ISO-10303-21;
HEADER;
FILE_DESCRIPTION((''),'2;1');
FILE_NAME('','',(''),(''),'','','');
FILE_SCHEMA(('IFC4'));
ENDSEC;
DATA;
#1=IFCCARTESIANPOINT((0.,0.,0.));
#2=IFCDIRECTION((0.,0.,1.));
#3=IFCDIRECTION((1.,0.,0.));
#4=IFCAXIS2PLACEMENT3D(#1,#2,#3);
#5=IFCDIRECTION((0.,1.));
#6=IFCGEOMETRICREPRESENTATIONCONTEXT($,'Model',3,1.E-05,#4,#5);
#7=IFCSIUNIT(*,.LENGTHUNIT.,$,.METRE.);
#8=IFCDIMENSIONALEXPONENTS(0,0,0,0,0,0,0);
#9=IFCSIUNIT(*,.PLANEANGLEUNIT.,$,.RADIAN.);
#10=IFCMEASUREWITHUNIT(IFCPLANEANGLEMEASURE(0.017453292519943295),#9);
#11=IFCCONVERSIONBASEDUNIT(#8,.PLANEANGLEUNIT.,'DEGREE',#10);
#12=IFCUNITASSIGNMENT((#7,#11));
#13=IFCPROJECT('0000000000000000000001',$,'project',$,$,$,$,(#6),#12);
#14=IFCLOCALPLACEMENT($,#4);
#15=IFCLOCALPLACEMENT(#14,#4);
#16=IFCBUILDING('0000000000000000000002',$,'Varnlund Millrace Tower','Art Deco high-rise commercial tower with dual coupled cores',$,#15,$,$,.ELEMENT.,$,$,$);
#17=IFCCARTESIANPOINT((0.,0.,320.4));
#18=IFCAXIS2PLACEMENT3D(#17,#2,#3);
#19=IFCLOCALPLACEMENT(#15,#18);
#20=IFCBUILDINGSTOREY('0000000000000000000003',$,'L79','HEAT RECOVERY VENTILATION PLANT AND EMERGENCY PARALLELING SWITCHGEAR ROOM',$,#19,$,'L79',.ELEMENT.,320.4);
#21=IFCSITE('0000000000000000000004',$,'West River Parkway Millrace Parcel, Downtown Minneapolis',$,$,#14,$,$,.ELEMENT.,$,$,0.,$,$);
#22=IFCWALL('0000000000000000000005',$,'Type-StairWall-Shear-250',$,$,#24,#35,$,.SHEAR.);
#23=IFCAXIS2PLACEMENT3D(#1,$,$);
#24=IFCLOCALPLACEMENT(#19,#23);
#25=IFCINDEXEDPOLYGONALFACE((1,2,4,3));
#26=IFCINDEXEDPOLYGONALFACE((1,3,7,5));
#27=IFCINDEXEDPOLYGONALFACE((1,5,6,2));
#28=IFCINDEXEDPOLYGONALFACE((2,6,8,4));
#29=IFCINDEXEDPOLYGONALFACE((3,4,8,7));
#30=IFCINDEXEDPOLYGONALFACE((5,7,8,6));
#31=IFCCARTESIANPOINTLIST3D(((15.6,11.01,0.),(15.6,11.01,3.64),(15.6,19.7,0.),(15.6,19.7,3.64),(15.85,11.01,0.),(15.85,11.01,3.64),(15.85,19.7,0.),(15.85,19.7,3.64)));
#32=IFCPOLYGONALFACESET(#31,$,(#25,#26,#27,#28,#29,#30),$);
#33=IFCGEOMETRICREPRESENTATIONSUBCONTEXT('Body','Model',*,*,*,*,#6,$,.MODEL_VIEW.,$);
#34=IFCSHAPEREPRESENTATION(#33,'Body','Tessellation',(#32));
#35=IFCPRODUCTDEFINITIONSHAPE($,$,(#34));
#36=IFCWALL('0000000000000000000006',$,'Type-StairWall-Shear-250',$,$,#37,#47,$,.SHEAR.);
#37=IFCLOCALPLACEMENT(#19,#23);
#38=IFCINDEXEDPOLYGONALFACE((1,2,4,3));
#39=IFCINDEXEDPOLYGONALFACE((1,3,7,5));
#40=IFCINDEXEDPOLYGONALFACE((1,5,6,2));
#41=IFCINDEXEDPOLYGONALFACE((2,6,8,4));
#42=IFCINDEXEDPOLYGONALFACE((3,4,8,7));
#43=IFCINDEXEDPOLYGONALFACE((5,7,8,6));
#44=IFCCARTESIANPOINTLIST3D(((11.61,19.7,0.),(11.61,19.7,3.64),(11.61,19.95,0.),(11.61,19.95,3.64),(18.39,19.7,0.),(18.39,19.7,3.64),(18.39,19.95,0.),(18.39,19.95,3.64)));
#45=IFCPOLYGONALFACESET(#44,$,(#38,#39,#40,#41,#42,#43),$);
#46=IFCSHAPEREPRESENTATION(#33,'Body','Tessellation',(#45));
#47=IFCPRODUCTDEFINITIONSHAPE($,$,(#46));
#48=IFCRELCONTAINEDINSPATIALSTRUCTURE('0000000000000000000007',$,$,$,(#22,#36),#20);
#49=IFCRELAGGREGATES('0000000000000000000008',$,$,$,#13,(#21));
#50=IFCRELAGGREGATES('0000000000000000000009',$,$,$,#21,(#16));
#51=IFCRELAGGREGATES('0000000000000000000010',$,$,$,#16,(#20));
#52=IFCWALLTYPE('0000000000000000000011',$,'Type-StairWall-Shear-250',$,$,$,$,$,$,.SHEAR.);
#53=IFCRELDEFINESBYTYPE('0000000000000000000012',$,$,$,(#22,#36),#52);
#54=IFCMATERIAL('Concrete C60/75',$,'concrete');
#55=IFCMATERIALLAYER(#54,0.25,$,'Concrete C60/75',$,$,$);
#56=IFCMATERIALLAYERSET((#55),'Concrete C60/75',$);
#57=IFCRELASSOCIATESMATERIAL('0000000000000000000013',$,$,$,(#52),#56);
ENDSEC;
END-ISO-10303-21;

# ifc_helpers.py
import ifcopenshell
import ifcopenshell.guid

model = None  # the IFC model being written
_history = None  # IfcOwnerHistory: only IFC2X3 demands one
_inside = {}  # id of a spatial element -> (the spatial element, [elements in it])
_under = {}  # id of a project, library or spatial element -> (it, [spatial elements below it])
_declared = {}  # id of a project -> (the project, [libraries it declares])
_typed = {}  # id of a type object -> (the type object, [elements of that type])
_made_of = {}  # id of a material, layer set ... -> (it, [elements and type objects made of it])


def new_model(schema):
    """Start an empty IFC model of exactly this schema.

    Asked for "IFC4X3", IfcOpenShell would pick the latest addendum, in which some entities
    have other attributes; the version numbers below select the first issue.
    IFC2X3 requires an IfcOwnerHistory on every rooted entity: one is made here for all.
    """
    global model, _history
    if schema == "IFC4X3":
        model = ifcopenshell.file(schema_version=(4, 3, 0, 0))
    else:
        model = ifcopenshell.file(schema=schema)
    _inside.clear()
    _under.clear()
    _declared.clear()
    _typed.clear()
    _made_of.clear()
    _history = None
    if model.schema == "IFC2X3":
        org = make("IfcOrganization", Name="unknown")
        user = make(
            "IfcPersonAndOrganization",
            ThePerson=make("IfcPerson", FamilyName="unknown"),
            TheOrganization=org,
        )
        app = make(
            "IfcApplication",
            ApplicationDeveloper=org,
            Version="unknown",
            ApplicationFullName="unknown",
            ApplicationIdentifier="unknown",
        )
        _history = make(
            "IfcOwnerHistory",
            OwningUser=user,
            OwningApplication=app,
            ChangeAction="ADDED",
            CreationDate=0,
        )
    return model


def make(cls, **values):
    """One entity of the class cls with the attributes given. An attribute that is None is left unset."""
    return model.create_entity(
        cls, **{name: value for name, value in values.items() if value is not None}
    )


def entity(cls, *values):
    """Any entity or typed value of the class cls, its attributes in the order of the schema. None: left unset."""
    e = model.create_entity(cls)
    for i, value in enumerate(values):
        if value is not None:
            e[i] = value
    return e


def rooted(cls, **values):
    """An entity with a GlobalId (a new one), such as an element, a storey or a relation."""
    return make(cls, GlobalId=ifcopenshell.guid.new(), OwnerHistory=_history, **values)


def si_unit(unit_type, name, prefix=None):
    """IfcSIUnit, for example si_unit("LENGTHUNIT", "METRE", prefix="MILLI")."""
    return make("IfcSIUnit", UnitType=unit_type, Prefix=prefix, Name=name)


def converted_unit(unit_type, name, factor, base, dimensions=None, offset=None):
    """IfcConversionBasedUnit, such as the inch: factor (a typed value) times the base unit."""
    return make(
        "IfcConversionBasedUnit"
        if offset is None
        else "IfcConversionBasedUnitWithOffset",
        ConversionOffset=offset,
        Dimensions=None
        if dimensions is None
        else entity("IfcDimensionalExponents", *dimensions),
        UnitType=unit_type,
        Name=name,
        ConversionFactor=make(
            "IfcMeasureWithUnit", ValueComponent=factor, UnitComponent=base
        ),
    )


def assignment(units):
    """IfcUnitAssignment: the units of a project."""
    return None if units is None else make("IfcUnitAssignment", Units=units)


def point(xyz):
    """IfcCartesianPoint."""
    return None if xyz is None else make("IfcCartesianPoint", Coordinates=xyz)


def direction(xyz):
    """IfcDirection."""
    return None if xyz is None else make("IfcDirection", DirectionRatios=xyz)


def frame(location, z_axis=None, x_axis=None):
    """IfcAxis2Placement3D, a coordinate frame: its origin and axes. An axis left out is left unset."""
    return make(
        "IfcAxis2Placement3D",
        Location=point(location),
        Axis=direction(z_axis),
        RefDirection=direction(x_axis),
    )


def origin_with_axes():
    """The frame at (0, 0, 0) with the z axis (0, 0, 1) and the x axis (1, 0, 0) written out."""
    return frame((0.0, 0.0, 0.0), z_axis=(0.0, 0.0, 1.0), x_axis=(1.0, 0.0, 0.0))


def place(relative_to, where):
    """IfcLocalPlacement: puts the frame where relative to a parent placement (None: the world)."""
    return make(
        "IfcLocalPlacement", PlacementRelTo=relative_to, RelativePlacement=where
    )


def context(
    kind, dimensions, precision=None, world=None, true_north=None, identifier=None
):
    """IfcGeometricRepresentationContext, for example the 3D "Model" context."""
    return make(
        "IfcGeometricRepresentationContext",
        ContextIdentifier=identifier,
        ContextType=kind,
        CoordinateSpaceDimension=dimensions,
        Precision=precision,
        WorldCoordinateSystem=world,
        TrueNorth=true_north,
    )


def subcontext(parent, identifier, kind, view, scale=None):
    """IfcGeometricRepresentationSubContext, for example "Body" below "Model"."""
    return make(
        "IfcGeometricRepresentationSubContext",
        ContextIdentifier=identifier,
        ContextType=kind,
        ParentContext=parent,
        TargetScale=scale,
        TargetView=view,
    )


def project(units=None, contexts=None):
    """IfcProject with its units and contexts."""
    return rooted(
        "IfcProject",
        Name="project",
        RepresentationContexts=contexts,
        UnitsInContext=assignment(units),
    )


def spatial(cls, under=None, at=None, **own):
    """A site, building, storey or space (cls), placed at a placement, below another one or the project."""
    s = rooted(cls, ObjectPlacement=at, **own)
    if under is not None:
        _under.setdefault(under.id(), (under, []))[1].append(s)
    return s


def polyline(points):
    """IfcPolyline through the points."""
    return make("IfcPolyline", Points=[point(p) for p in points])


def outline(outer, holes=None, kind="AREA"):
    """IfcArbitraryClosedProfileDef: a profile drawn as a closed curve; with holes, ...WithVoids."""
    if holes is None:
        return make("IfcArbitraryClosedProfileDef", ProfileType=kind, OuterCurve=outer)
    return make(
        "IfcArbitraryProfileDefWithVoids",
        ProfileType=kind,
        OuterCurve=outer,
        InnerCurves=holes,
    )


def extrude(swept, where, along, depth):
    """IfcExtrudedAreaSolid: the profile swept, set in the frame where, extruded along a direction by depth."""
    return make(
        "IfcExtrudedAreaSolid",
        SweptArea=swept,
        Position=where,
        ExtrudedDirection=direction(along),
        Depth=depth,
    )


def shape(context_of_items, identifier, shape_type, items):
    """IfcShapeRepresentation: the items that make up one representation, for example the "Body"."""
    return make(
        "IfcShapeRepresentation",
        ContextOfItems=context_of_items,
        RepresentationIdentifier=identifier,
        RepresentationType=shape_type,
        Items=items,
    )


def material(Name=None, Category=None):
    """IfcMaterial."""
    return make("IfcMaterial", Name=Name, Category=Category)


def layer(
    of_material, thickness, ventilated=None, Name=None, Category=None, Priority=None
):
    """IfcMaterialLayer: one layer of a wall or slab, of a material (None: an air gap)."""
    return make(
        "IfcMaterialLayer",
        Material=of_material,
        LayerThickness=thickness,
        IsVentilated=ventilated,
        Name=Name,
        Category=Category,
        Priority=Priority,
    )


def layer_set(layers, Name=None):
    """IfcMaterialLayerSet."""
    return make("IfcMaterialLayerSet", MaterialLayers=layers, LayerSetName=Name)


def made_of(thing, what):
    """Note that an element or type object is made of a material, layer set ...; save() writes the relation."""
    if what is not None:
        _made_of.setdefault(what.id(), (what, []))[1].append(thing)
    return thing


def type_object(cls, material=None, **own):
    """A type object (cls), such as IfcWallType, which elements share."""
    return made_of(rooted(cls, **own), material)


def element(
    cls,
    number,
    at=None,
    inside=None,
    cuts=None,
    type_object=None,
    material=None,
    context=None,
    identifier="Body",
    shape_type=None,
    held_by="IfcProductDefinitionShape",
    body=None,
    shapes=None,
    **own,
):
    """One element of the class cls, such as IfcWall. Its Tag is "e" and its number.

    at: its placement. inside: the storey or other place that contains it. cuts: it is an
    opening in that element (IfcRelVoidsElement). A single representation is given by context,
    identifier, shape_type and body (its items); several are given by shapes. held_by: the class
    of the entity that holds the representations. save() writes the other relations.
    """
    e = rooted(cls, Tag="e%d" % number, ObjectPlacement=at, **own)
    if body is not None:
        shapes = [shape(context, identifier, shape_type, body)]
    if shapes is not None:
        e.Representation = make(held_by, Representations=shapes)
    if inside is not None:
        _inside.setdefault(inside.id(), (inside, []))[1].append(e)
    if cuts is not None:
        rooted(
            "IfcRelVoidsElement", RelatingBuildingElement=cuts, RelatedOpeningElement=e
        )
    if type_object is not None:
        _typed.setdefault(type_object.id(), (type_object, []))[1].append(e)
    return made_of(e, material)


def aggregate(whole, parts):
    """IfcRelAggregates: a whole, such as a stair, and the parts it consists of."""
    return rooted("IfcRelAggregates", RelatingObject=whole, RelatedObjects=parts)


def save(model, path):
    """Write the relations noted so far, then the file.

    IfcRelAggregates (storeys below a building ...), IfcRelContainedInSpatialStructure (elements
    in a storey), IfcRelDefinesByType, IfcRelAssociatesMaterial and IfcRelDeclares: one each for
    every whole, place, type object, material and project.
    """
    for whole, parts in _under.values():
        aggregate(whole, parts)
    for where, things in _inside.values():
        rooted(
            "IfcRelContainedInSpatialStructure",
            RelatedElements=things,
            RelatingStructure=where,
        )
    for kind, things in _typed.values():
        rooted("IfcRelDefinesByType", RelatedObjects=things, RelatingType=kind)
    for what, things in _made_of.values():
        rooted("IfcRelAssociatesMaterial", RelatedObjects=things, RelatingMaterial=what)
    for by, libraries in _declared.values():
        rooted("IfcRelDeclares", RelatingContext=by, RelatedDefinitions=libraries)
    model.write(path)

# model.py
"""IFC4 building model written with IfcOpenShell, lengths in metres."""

from ifc_helpers import new_model, entity, si_unit, converted_unit, direction, frame, origin_with_axes, place, context, subcontext, project, spatial, polyline, outline, extrude, material, layer, layer_set, type_object, element, save


model = new_model("IFC4")

# Units and contexts
model_context = context("Model", 3, precision=1e-05, world=origin_with_axes(), true_north=direction((0.0, 1.0)))
body_context = subcontext(model_context, "Body", "Model", "MODEL_VIEW")
ifc_project = project(units=[si_unit("LENGTHUNIT", "METRE"), converted_unit("PLANEANGLEUNIT", "DEGREE", entity("IfcPlaneAngleMeasure", 0.017453292519943295), si_unit("PLANEANGLEUNIT", "RADIAN"), dimensions=[0, 0, 0, 0, 0, 0, 0])], contexts=[model_context])

# Site, building, storey
site_placement = place(None, origin_with_axes())
site = spatial("IfcSite", under=ifc_project, at=site_placement, Name="West River Parkway Millrace Parcel, Downtown Minneapolis", CompositionType="ELEMENT", RefElevation=0.0)
building_placement = place(site_placement, origin_with_axes())
building = spatial("IfcBuilding", under=site, at=building_placement, Name="Varnlund Millrace Tower", Description="Art Deco high-rise commercial tower with dual coupled cores", CompositionType="ELEMENT")
storey_placement = place(building_placement, frame((0.0, 0.0, 320.4), z_axis=(0.0, 0.0, 1.0), x_axis=(1.0, 0.0, 0.0)))
storey = spatial("IfcBuildingStorey", under=building, at=storey_placement, Name="L79", Description="HEAT RECOVERY VENTILATION PLANT AND EMERGENCY PARALLELING SWITCHGEAR ROOM", LongName="L79", CompositionType="ELEMENT", Elevation=320.4)

# Shared definitions
ifc_material_1 = material(Name="Concrete C60/75", Category="concrete")

# Shared definitions
ifc_layer_1 = layer(ifc_material_1, 0.25, Name="Concrete C60/75")
ifc_layer_set_1 = layer_set([ifc_layer_1], Name="Concrete C60/75")

# Walls
wall_type_1 = type_object("IfcWallType", Name="Type-StairWall-Shear-250", PredefinedType="SHEAR", material=ifc_layer_set_1)
wall_1_placement = place(storey_placement, frame((15.725, 11.01, 0.0), z_axis=(0.0, 0.0, 1.0), x_axis=(0.0, 1.0, 0.0)))
element("IfcWall", 1, at=wall_1_placement, inside=storey, type_object=wall_type_1, Name="Type-StairWall-Shear-250", PredefinedType="SHEAR", context=body_context, shape_type="SweptSolid", body=[
    extrude(outline(polyline([(0.0, -0.125), (8.69, -0.125), (8.69, 0.125), (0.0, 0.125), (0.0, -0.125)])), origin_with_axes(), (0.0, 0.0, 1.0), 3.64),
])
wall_2_placement = place(storey_placement, frame((11.61, 19.825, 0.0), z_axis=(0.0, 0.0, 1.0), x_axis=(1.0, 0.0, 0.0)))
element("IfcWall", 2, at=wall_2_placement, inside=storey, type_object=wall_type_1, Name="Type-StairWall-Shear-250", PredefinedType="SHEAR", context=body_context, shape_type="SweptSolid", body=[
    extrude(outline(polyline([(0.0, -0.125), (6.78, -0.125), (6.78, 0.125), (0.0, 0.125), (0.0, -0.125)])), origin_with_axes(), (0.0, 0.0, 1.0), 3.64),
])

save(model, "model.ifc")
